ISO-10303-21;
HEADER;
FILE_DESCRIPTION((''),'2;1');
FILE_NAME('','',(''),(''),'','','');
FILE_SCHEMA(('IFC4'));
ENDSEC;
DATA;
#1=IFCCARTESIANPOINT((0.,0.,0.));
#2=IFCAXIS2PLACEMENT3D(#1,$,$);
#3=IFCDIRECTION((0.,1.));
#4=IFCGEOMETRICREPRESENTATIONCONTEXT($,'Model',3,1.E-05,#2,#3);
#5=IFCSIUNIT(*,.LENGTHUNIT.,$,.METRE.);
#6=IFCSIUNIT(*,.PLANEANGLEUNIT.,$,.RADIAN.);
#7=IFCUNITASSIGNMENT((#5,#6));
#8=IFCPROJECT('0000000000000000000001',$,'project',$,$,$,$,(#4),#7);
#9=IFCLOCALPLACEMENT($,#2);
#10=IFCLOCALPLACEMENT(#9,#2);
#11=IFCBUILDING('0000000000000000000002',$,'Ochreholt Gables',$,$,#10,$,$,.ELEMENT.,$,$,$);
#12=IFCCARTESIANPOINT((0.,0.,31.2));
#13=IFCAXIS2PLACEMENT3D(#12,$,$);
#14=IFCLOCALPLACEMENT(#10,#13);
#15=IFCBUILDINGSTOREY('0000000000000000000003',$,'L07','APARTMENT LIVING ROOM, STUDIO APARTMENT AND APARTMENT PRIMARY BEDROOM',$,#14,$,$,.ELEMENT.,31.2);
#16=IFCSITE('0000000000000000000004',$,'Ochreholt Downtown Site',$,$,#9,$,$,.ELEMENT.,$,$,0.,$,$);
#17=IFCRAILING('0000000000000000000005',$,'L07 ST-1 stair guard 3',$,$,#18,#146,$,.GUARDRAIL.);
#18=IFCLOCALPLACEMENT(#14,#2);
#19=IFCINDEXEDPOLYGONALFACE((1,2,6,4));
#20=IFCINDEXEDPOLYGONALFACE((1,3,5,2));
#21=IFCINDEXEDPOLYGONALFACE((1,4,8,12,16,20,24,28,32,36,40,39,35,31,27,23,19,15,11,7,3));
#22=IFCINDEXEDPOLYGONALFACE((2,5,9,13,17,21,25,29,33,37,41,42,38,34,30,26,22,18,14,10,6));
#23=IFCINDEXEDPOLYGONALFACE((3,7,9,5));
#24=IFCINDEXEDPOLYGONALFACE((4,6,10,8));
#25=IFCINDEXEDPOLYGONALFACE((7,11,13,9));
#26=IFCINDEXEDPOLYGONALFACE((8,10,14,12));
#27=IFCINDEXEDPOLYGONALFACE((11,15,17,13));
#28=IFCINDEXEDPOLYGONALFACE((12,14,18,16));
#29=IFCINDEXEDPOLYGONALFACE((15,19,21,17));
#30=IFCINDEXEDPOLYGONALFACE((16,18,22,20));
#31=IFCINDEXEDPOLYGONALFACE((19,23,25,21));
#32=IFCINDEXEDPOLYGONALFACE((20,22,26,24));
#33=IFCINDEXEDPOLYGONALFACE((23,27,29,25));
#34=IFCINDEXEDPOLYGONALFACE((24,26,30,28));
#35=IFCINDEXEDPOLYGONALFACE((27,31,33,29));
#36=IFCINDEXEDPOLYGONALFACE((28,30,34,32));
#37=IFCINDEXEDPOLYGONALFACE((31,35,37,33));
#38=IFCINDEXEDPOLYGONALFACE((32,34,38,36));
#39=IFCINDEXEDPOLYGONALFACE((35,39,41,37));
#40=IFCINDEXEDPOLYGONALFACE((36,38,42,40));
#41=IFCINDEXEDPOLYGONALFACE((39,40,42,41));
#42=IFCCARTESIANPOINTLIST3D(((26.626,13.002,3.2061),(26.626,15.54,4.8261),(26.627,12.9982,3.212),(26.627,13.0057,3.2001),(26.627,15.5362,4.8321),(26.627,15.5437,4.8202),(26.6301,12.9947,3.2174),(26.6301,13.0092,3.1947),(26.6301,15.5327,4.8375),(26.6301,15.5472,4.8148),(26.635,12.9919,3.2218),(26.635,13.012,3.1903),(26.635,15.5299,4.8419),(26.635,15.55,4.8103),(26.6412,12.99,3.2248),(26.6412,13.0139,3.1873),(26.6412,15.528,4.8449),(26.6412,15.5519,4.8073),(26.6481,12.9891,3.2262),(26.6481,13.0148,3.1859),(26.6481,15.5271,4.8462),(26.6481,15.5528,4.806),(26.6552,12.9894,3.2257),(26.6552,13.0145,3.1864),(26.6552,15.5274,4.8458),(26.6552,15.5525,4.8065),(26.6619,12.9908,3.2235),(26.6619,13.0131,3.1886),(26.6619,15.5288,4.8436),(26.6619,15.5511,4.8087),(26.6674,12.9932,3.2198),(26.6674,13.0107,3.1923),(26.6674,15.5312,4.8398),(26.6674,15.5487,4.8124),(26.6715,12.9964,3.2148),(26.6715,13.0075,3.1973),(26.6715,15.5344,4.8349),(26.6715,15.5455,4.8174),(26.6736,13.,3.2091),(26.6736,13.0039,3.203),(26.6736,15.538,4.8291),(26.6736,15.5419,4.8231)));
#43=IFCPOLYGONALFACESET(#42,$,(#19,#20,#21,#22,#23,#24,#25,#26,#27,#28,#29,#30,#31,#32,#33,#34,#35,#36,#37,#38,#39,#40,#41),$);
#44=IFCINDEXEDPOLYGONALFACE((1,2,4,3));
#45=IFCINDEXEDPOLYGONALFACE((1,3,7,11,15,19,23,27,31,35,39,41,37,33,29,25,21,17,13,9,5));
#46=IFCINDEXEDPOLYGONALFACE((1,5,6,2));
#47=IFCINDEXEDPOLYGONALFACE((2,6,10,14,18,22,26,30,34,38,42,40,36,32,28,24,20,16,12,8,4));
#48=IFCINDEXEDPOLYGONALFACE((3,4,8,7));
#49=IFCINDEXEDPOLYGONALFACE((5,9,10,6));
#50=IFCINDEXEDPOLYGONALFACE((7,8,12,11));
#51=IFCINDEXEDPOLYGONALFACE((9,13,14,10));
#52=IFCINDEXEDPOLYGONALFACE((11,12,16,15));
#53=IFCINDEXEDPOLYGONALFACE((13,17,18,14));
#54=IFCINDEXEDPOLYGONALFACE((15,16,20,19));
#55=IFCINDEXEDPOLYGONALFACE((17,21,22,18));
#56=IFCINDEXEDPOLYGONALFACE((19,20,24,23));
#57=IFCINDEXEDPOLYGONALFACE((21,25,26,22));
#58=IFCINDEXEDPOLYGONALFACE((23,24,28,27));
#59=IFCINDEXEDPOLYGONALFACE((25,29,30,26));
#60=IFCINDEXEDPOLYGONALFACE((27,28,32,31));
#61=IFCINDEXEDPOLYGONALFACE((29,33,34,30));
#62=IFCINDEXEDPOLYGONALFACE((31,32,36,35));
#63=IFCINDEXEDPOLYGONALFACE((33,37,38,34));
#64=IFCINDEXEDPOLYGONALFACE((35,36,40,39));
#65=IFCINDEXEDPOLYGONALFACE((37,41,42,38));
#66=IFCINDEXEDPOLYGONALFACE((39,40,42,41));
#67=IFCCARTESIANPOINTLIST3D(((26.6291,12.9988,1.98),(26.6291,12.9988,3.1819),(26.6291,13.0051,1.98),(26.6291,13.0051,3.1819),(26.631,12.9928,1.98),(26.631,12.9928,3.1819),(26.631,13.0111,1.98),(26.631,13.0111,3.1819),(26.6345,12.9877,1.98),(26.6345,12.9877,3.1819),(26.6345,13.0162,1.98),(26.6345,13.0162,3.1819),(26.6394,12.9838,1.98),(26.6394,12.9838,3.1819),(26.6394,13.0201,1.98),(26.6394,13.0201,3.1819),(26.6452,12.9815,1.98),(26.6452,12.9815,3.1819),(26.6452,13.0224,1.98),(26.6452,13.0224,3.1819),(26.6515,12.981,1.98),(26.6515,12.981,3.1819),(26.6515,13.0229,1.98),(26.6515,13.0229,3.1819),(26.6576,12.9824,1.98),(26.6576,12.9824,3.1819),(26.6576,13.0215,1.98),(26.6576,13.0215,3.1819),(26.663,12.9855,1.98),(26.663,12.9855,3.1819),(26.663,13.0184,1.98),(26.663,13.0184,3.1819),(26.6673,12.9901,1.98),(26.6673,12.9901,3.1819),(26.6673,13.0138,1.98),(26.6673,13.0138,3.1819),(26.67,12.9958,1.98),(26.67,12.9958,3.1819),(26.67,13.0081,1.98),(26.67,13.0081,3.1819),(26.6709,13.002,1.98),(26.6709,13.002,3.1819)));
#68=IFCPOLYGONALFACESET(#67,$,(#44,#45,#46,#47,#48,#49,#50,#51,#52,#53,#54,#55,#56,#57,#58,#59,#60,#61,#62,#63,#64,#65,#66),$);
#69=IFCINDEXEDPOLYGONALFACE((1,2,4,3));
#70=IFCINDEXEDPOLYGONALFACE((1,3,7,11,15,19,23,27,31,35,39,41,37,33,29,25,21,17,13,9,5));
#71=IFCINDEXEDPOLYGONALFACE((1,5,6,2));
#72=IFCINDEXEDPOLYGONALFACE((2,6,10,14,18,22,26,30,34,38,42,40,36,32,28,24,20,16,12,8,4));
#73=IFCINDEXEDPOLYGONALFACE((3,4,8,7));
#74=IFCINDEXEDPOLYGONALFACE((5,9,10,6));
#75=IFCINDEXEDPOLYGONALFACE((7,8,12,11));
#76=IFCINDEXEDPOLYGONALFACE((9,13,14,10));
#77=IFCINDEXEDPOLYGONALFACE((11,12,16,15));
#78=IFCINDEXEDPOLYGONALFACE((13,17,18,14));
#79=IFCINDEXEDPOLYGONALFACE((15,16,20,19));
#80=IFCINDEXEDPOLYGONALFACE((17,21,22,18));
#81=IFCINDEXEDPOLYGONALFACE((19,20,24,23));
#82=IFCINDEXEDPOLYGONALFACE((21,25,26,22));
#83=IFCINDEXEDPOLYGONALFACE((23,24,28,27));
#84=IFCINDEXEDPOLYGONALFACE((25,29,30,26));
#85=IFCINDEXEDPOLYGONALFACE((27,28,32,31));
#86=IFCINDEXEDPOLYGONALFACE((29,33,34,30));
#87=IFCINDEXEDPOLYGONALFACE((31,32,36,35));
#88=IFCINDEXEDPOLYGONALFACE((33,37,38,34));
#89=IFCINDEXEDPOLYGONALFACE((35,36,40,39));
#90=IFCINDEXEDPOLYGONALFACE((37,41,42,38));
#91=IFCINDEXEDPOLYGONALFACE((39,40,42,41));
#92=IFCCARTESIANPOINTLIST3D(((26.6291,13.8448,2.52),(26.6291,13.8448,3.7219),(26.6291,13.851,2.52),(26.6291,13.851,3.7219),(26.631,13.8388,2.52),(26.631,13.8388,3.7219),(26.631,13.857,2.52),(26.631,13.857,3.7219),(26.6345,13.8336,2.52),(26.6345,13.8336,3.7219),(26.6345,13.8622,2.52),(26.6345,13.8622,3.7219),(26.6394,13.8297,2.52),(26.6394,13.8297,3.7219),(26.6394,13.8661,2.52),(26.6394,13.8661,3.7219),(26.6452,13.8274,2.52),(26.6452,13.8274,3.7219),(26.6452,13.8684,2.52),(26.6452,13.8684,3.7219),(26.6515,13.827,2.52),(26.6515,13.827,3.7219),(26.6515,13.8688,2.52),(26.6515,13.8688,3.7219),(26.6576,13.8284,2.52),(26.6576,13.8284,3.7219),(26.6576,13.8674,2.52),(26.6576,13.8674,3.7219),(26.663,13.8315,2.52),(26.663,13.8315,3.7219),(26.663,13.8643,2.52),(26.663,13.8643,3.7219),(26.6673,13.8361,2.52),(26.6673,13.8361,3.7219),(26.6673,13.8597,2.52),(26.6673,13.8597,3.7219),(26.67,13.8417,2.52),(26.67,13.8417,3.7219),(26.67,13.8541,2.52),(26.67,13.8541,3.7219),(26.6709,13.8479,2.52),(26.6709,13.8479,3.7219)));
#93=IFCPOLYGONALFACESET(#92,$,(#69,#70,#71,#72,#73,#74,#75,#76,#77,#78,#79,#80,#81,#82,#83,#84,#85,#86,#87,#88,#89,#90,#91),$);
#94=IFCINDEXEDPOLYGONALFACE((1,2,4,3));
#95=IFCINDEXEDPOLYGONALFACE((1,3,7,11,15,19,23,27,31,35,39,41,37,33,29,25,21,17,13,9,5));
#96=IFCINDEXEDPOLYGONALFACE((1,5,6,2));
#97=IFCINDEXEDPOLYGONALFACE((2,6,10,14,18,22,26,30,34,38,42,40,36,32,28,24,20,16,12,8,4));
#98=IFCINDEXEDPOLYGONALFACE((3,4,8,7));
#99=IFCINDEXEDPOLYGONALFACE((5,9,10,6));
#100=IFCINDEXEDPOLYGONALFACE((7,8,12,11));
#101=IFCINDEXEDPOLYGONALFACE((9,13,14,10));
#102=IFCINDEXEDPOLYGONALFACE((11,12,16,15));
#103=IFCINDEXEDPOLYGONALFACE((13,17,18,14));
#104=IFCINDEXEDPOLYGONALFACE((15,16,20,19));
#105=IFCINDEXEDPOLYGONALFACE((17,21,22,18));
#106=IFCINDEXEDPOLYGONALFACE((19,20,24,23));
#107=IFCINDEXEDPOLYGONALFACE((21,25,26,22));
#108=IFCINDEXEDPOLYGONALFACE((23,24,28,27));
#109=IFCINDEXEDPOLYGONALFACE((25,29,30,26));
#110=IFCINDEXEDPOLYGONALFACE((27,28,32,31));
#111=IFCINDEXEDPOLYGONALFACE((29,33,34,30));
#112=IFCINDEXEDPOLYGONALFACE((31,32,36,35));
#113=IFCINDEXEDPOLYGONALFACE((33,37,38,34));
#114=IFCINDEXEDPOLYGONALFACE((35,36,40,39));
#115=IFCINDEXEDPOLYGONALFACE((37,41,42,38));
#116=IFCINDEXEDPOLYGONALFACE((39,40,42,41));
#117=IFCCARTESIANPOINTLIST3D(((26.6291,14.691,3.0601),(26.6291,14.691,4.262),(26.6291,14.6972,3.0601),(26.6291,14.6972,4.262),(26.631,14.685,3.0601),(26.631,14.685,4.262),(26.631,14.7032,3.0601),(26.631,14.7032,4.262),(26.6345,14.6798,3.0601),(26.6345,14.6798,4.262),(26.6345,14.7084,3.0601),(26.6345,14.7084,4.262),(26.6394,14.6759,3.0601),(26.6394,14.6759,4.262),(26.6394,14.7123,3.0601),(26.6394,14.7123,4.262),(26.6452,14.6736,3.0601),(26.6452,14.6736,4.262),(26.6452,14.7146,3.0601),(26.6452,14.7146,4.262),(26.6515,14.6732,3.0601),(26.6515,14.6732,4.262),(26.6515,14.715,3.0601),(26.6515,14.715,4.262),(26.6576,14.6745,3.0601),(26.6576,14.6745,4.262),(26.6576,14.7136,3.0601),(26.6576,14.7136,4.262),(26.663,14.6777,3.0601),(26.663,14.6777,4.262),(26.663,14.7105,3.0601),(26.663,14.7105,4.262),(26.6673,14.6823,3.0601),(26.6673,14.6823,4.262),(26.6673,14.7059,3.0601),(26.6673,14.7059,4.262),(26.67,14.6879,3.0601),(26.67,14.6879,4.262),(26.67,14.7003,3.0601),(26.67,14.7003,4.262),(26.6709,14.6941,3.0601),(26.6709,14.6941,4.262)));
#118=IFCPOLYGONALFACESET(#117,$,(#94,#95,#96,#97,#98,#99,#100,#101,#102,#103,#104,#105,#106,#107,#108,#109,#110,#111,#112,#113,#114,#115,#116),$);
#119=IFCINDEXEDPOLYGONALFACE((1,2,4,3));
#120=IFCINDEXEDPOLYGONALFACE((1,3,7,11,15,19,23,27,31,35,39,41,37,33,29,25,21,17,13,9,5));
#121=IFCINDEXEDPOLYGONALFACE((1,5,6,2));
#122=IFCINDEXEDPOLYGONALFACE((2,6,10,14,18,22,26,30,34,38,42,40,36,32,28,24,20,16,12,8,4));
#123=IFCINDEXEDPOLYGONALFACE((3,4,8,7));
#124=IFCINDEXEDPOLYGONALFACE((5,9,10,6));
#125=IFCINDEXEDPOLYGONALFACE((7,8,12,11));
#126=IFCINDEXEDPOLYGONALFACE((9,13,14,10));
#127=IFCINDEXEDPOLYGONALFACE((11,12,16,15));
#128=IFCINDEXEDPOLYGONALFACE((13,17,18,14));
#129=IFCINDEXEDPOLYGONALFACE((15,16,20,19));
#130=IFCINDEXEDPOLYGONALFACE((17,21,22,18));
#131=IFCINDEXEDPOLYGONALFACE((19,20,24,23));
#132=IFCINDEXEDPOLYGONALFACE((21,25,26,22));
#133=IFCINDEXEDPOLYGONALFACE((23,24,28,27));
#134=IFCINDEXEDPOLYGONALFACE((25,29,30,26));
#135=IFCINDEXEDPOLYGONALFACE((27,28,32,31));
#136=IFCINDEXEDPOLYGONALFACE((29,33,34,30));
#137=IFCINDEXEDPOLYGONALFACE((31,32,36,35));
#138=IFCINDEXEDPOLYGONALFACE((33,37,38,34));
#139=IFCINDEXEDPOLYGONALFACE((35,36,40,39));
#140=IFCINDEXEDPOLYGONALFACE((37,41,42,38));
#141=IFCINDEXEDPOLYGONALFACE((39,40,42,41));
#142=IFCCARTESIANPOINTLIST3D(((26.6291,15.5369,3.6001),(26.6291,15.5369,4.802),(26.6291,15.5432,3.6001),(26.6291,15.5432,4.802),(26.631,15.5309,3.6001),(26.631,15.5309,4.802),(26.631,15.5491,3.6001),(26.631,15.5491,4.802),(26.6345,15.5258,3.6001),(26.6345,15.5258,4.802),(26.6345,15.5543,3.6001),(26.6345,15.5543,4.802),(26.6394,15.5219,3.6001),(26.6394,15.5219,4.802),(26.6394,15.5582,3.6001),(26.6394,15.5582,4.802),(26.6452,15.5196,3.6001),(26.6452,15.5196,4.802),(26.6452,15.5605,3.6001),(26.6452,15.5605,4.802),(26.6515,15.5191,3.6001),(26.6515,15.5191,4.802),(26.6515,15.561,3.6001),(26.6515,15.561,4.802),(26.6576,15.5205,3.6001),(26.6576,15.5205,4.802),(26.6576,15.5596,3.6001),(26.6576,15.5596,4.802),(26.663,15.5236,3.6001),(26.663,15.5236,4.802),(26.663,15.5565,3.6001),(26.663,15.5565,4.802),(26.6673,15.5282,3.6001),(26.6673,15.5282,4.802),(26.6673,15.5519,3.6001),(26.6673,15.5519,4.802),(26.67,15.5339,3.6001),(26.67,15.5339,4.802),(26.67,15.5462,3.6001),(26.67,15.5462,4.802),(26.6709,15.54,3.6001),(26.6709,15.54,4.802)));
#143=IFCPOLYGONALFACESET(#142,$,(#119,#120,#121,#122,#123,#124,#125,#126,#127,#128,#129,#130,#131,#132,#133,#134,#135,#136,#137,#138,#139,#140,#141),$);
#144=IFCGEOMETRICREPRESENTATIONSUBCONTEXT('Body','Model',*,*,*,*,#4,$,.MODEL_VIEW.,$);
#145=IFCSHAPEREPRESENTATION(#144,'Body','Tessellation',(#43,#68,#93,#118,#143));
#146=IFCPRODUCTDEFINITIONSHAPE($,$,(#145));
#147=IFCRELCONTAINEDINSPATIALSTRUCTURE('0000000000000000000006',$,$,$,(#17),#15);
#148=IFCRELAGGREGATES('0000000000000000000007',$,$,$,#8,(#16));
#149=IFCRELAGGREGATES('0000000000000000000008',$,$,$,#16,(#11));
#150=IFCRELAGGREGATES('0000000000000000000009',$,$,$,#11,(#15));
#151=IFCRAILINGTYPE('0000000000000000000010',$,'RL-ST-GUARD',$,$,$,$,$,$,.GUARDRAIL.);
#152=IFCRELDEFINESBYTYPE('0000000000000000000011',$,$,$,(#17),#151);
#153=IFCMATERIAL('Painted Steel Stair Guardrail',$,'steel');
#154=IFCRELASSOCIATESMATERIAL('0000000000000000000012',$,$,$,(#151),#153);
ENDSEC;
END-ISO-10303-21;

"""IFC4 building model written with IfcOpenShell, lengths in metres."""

from ifc_helpers import new_model, si_unit, direction, frame, origin, origin_2d, place, context, subcontext, project, spatial, circle, extrude, material, type_object, element, save


model = new_model("IFC4")

# Units and contexts
model_context = context("Model", 3, precision=1e-05, world=origin(), true_north=direction((0.0, 1.0)))
body_context = subcontext(model_context, "Body", "Model", "MODEL_VIEW")
ifc_project = project(units=[si_unit("LENGTHUNIT", "METRE"), si_unit("PLANEANGLEUNIT", "RADIAN")], contexts=[model_context])

# Site, building, storey
site_placement = place(None, origin())
site = spatial("IfcSite", under=ifc_project, at=site_placement, Name="Ochreholt Downtown Site", CompositionType="ELEMENT", RefElevation=0.0)
building_placement = place(site_placement, origin())
building = spatial("IfcBuilding", under=site, at=building_placement, Name="Ochreholt Gables", CompositionType="ELEMENT")
storey_placement = place(building_placement, frame((0.0, 0.0, 31.2)))
storey = spatial("IfcBuildingStorey", under=building, at=storey_placement, Name="L07", Description="APARTMENT LIVING ROOM, STUDIO APARTMENT AND APARTMENT PRIMARY BEDROOM", CompositionType="ELEMENT", Elevation=31.2)

# Railing
ifc_material_1 = material(Name="Painted Steel Stair Guardrail", Category="steel")
railing_type_1 = type_object("IfcRailingType", Name="RL-ST-GUARD", PredefinedType="GUARDRAIL", material=ifc_material_1)
railing_1_placement = place(storey_placement, frame((26.6499, 13.002, 1.98)))
element("IfcRailing", 1, at=railing_1_placement, inside=storey, type_object=railing_type_1, Name="L07 ST-1 stair guard 3", PredefinedType="GUARDRAIL", context=body_context, shape_type="SweptSolid", body=[
    extrude(circle(Radius=0.0239, at=origin_2d()), frame((0.0, 0.0, 1.2261), z_axis=(0.0, 0.842913, 0.53805), x_axis=(-1.0, 0.0, 0.0)), (0.0, 0.0, 1.0), 3.011),
    extrude(circle(Radius=0.021, at=origin_2d()), origin(), (0.0, 0.0, 1.0), 1.2019),
    extrude(circle(Radius=0.021, at=origin_2d()), frame((0.0, 0.8459, 0.54)), (0.0, 0.0, 1.0), 1.2019),
    extrude(circle(Radius=0.021, at=origin_2d()), frame((0.0, 1.6921, 1.0801)), (0.0, 0.0, 1.0), 1.2019),
    extrude(circle(Radius=0.021, at=origin_2d()), frame((0.0, 2.5381, 1.6201)), (0.0, 0.0, 1.0), 1.2019),
])

save(model, "model.ifc")
